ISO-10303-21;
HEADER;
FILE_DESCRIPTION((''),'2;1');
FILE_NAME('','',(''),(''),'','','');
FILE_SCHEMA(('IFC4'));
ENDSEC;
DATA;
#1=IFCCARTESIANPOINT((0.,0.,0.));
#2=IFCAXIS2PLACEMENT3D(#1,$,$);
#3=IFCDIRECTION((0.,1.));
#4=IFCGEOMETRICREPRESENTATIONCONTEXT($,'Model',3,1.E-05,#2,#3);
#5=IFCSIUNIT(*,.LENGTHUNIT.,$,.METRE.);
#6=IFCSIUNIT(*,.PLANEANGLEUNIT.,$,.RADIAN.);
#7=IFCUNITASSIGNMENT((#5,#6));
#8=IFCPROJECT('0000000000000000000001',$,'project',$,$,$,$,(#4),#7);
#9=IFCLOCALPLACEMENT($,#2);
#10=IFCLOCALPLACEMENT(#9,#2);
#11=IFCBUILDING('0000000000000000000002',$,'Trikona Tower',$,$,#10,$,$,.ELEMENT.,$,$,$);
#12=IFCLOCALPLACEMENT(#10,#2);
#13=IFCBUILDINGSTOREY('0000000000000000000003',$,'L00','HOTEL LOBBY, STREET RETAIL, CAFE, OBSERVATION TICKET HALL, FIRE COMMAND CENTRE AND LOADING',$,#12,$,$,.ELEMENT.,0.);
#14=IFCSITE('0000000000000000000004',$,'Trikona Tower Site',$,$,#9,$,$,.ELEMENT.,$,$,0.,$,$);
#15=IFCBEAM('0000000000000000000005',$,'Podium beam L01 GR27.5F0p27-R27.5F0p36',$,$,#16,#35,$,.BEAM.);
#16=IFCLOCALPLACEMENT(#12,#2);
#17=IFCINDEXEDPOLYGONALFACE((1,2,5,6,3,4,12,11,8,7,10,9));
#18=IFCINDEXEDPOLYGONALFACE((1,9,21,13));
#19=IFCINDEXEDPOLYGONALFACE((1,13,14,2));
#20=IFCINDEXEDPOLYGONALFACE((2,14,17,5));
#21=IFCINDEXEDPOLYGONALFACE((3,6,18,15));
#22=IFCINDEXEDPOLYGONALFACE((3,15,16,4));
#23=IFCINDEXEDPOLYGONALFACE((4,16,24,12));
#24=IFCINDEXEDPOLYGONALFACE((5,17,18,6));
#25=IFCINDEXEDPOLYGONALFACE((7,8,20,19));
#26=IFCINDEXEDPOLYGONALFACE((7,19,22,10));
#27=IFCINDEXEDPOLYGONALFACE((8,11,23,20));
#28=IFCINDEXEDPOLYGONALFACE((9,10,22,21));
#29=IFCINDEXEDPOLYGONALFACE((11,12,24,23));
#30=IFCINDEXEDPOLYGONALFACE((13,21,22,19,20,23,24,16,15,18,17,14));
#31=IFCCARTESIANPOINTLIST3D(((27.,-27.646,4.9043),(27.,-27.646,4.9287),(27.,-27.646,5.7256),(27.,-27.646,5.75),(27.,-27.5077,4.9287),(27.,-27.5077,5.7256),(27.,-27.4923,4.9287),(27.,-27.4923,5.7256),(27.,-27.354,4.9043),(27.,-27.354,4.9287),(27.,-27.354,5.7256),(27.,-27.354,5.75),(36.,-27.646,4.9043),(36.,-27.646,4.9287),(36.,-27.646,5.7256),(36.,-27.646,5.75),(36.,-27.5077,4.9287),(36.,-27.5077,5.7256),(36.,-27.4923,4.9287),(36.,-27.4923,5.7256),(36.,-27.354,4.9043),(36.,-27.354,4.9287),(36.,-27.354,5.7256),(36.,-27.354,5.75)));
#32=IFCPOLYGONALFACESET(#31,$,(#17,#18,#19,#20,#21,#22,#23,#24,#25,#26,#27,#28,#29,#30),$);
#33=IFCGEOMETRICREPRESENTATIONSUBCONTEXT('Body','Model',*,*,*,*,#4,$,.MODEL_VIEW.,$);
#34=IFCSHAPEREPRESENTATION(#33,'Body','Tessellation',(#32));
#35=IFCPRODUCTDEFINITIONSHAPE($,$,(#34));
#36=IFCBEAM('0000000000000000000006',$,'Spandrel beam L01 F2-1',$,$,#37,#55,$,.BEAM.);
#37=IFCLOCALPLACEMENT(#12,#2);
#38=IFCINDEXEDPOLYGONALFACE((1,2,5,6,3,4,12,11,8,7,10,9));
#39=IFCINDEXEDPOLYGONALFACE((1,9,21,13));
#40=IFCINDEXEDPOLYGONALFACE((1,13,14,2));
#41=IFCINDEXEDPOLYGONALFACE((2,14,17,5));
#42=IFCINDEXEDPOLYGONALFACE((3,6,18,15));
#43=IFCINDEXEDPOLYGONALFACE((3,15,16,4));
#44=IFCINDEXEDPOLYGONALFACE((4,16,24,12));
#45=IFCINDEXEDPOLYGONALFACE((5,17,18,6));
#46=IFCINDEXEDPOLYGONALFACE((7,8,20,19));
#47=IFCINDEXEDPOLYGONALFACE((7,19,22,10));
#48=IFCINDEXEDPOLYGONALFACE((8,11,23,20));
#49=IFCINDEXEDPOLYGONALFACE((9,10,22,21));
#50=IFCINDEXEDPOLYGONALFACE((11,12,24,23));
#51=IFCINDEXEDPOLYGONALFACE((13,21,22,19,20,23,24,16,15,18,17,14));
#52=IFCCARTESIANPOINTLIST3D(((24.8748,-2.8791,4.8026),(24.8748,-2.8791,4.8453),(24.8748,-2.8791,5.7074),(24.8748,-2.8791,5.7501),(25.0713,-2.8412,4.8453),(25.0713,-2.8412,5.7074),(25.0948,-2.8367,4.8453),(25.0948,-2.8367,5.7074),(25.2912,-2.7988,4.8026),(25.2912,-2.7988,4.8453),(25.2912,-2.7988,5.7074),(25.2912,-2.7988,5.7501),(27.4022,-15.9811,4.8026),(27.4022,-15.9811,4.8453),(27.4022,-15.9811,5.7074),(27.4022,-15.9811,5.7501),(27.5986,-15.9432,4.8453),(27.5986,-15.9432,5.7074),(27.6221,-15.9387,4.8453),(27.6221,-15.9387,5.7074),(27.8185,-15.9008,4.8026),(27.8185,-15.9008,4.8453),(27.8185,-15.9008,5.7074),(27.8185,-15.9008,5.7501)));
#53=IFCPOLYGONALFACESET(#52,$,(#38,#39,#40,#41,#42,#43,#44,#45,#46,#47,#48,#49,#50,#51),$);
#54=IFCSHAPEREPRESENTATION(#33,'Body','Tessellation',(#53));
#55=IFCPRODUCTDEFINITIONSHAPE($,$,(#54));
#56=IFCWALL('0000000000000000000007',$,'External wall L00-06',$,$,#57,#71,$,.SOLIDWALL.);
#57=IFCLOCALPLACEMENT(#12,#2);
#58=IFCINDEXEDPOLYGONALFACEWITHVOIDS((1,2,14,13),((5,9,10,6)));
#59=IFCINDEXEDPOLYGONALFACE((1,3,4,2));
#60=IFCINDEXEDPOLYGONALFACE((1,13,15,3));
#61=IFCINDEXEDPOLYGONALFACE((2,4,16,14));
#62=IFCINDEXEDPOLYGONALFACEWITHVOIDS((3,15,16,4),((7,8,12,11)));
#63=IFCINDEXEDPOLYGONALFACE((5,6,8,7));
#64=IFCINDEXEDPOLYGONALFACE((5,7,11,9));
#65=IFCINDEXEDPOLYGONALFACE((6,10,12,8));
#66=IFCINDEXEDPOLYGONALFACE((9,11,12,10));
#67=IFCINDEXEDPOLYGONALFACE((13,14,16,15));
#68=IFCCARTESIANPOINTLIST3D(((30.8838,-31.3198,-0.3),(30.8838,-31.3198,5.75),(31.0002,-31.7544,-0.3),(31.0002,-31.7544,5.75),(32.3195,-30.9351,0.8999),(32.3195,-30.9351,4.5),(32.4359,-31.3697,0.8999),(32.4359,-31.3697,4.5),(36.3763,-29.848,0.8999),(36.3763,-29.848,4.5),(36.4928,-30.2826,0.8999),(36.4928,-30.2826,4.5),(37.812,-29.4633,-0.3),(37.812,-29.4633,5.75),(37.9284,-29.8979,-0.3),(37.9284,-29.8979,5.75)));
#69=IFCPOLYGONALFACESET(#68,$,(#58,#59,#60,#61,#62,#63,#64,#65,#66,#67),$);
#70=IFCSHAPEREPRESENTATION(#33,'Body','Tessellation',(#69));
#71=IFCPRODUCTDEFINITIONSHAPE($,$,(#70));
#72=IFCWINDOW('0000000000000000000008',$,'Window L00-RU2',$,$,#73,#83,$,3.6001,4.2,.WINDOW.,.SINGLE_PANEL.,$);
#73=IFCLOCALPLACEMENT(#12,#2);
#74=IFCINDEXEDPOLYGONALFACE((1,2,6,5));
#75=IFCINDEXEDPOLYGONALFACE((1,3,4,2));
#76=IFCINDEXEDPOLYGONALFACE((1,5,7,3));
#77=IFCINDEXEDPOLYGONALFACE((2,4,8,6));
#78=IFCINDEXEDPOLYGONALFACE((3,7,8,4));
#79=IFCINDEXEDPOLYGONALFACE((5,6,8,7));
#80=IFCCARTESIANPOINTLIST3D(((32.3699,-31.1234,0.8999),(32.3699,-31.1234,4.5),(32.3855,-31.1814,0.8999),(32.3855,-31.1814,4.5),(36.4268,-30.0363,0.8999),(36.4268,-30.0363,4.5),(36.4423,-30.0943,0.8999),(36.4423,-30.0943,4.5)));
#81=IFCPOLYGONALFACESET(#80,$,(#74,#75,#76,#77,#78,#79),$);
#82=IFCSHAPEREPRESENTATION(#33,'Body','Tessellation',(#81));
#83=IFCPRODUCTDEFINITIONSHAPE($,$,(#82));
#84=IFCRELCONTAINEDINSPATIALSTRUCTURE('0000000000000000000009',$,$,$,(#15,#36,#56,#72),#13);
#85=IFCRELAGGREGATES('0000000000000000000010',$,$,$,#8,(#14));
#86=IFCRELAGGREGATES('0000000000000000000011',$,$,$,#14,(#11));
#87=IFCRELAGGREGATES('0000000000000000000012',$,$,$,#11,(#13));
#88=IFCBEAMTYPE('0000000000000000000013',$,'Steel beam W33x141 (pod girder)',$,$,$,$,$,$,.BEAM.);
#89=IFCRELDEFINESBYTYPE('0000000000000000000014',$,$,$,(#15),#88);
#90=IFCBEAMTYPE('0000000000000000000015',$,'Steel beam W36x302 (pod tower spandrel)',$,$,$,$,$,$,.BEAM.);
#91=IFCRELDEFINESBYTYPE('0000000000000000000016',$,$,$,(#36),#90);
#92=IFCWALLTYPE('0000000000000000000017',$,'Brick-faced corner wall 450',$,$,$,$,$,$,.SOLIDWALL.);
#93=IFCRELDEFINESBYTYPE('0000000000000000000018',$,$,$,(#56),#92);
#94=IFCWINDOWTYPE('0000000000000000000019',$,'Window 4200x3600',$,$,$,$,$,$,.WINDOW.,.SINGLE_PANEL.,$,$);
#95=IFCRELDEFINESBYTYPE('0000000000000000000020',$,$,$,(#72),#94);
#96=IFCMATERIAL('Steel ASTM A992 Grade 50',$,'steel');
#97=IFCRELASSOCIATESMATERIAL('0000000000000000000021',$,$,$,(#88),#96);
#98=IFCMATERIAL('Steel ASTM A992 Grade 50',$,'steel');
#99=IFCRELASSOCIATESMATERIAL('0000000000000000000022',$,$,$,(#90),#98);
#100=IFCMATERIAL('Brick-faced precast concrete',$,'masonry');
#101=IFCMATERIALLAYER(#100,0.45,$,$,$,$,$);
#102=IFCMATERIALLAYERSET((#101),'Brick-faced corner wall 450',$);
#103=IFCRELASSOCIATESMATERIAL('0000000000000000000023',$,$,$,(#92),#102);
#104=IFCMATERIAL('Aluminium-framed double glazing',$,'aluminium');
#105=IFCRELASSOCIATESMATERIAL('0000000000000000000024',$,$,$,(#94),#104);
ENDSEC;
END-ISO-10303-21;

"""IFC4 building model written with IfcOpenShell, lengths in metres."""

from ifc_helpers import new_model, si_unit, direction, frame, frame_2d, origin, origin_2d, place, context, subcontext, project, spatial, rectangle, i_section, extrude, material, layer, layer_set, material_profile, profile_set, type_object, element, fill, save


model = new_model("IFC4")

# Units and contexts
model_context = context("Model", 3, precision=1e-05, world=origin(), true_north=direction((0.0, 1.0)))
body_context = subcontext(model_context, "Body", "Model", "MODEL_VIEW")
ifc_project = project(units=[si_unit("LENGTHUNIT", "METRE"), si_unit("PLANEANGLEUNIT", "RADIAN")], contexts=[model_context])

# Site, building, storey
site_placement = place(None, origin())
site = spatial("IfcSite", under=ifc_project, at=site_placement, Name="Trikona Tower Site", CompositionType="ELEMENT", RefElevation=0.0)
building_placement = place(site_placement, origin())
building = spatial("IfcBuilding", under=site, at=building_placement, Name="Trikona Tower", CompositionType="ELEMENT")
storey_placement = place(building_placement, origin())
storey = spatial("IfcBuildingStorey", under=building, at=storey_placement, Name="L00", Description="HOTEL LOBBY, STREET RETAIL, CAFE, OBSERVATION TICKET HALL, FIRE COMMAND CENTRE AND LOADING", CompositionType="ELEMENT", Elevation=0.0)

# Beams
ifc_material_1 = material(Name="Steel ASTM A992 Grade 50", Category="steel")
ifc_material_profile_1 = material_profile(ifc_material_1, i_section(OverallWidth=0.292, OverallDepth=0.8457, WebThickness=0.0154, FlangeThickness=0.0244, at=origin_2d()), Name="W33X141")
ifc_profile_set_1 = profile_set([ifc_material_profile_1], Name="Steel ASTM A992 Grade 50")
beam_type_1 = type_object("IfcBeamType", Name="Steel beam W33x141 (pod girder)", PredefinedType="BEAM", material=ifc_profile_set_1)
for number, where, z_axis, x_axis, name in (
    (1, (27.0, -27.5, 5.3271), (1.0, 0.0, 0.0), (0.0, 1.0, 0.0), "Podium beam L01 GR27.5F0p27-R27.5F0p36"),
):
    element("IfcBeam", number, at=place(storey_placement, frame(where, z_axis=z_axis, x_axis=x_axis)), inside=storey, type_object=beam_type_1, Name=name, PredefinedType="BEAM", context=body_context, shape_type="SweptSolid", body=[
        extrude(i_section(OverallWidth=0.292, OverallDepth=0.8457, WebThickness=0.0154, FlangeThickness=0.0244, at=origin_2d()), origin(), (0.0, 0.0, 1.0), 9.0),
    ])
ifc_material_2 = material(Name="Steel ASTM A992 Grade 50", Category="steel")
ifc_material_profile_2 = material_profile(ifc_material_2, i_section(OverallWidth=0.4241, OverallDepth=0.9475, WebThickness=0.0239, FlangeThickness=0.0427, at=origin_2d()), Name="W36X302")
ifc_profile_set_2 = profile_set([ifc_material_profile_2], Name="Steel ASTM A992 Grade 50")
beam_type_2 = type_object("IfcBeamType", Name="Steel beam W36x302 (pod tower spandrel)", PredefinedType="BEAM", material=ifc_profile_set_2)
beam_1_placement = place(storey_placement, frame((27.6104, -15.9409, 5.2764), z_axis=(-0.189405, 0.981899, 0.0), x_axis=(-0.981899, -0.189405, 0.0)))
element("IfcBeam", 2, at=beam_1_placement, inside=storey, type_object=beam_type_2, Name="Spandrel beam L01 F2-1", PredefinedType="BEAM", context=body_context, shape_type="SweptSolid", body=[
    extrude(i_section(OverallWidth=0.4241, OverallDepth=0.9475, WebThickness=0.0239, FlangeThickness=0.0427, at=origin_2d()), origin(), (0.0, 0.0, 1.0), 13.3435),
])

# Wall, opening, window
ifc_material_3 = material(Name="Brick-faced precast concrete", Category="masonry")
ifc_layer = layer(ifc_material_3, 0.45)
ifc_layer_set = layer_set([ifc_layer], Name="Brick-faced corner wall 450")
wall_type = type_object("IfcWallType", Name="Brick-faced corner wall 450", PredefinedType="SOLIDWALL", material=ifc_layer_set)
wall_placement = place(storey_placement, frame((30.9419, -31.5371, -0.3), z_axis=(0.0, 0.0, 1.0), x_axis=(0.965925, 0.258823, 0.0)))
wall = element("IfcWall", 3, at=wall_placement, inside=storey, type_object=wall_type, Name="External wall L00-06", PredefinedType="SOLIDWALL", context=body_context, shape_type="SweptSolid", body=[
    extrude(rectangle(XDim=7.1726, YDim=0.45, at=frame_2d((3.5864, 0.0))), origin(), (0.0, 0.0, 1.0), 6.05),
])
opening_placement = place(wall_placement, frame((1.4863, 0.0, 1.2)))
opening = element("IfcOpeningElement", 4, at=opening_placement, cuts=wall, PredefinedType="OPENING", context=body_context, shape_type="SweptSolid", body=[
    extrude(rectangle(XDim=4.2, YDim=3.6001, at=frame_2d((2.1001, 1.8))), frame((0.0, 0.2349, 0.0), z_axis=(0.0, -1.0, 0.0), x_axis=(1.0, 0.0, 0.0)), (0.0, 0.0, 1.0), 0.47),
])
ifc_material_4 = material(Name="Aluminium-framed double glazing", Category="aluminium")
window_type = type_object("IfcWindowType", Name="Window 4200x3600", PartitioningType="SINGLE_PANEL", PredefinedType="WINDOW", material=ifc_material_4)
window_placement = place(opening_placement, origin())
window = element("IfcWindow", 5, at=window_placement, inside=storey, type_object=window_type, Name="Window L00-RU2", OverallHeight=3.6001, OverallWidth=4.2, PartitioningType="SINGLE_PANEL", PredefinedType="WINDOW", context=body_context, shape_type="SweptSolid", body=[
    extrude(rectangle(XDim=4.2, YDim=3.6001, at=frame_2d((2.1001, 1.8))), frame((0.0, 0.03, 0.0), z_axis=(0.0, -1.0, 0.0), x_axis=(1.0, 0.0, 0.0)), (0.0, 0.0, 1.0), 0.0601),
])
fill(opening, window)

save(model, "model.ifc")
